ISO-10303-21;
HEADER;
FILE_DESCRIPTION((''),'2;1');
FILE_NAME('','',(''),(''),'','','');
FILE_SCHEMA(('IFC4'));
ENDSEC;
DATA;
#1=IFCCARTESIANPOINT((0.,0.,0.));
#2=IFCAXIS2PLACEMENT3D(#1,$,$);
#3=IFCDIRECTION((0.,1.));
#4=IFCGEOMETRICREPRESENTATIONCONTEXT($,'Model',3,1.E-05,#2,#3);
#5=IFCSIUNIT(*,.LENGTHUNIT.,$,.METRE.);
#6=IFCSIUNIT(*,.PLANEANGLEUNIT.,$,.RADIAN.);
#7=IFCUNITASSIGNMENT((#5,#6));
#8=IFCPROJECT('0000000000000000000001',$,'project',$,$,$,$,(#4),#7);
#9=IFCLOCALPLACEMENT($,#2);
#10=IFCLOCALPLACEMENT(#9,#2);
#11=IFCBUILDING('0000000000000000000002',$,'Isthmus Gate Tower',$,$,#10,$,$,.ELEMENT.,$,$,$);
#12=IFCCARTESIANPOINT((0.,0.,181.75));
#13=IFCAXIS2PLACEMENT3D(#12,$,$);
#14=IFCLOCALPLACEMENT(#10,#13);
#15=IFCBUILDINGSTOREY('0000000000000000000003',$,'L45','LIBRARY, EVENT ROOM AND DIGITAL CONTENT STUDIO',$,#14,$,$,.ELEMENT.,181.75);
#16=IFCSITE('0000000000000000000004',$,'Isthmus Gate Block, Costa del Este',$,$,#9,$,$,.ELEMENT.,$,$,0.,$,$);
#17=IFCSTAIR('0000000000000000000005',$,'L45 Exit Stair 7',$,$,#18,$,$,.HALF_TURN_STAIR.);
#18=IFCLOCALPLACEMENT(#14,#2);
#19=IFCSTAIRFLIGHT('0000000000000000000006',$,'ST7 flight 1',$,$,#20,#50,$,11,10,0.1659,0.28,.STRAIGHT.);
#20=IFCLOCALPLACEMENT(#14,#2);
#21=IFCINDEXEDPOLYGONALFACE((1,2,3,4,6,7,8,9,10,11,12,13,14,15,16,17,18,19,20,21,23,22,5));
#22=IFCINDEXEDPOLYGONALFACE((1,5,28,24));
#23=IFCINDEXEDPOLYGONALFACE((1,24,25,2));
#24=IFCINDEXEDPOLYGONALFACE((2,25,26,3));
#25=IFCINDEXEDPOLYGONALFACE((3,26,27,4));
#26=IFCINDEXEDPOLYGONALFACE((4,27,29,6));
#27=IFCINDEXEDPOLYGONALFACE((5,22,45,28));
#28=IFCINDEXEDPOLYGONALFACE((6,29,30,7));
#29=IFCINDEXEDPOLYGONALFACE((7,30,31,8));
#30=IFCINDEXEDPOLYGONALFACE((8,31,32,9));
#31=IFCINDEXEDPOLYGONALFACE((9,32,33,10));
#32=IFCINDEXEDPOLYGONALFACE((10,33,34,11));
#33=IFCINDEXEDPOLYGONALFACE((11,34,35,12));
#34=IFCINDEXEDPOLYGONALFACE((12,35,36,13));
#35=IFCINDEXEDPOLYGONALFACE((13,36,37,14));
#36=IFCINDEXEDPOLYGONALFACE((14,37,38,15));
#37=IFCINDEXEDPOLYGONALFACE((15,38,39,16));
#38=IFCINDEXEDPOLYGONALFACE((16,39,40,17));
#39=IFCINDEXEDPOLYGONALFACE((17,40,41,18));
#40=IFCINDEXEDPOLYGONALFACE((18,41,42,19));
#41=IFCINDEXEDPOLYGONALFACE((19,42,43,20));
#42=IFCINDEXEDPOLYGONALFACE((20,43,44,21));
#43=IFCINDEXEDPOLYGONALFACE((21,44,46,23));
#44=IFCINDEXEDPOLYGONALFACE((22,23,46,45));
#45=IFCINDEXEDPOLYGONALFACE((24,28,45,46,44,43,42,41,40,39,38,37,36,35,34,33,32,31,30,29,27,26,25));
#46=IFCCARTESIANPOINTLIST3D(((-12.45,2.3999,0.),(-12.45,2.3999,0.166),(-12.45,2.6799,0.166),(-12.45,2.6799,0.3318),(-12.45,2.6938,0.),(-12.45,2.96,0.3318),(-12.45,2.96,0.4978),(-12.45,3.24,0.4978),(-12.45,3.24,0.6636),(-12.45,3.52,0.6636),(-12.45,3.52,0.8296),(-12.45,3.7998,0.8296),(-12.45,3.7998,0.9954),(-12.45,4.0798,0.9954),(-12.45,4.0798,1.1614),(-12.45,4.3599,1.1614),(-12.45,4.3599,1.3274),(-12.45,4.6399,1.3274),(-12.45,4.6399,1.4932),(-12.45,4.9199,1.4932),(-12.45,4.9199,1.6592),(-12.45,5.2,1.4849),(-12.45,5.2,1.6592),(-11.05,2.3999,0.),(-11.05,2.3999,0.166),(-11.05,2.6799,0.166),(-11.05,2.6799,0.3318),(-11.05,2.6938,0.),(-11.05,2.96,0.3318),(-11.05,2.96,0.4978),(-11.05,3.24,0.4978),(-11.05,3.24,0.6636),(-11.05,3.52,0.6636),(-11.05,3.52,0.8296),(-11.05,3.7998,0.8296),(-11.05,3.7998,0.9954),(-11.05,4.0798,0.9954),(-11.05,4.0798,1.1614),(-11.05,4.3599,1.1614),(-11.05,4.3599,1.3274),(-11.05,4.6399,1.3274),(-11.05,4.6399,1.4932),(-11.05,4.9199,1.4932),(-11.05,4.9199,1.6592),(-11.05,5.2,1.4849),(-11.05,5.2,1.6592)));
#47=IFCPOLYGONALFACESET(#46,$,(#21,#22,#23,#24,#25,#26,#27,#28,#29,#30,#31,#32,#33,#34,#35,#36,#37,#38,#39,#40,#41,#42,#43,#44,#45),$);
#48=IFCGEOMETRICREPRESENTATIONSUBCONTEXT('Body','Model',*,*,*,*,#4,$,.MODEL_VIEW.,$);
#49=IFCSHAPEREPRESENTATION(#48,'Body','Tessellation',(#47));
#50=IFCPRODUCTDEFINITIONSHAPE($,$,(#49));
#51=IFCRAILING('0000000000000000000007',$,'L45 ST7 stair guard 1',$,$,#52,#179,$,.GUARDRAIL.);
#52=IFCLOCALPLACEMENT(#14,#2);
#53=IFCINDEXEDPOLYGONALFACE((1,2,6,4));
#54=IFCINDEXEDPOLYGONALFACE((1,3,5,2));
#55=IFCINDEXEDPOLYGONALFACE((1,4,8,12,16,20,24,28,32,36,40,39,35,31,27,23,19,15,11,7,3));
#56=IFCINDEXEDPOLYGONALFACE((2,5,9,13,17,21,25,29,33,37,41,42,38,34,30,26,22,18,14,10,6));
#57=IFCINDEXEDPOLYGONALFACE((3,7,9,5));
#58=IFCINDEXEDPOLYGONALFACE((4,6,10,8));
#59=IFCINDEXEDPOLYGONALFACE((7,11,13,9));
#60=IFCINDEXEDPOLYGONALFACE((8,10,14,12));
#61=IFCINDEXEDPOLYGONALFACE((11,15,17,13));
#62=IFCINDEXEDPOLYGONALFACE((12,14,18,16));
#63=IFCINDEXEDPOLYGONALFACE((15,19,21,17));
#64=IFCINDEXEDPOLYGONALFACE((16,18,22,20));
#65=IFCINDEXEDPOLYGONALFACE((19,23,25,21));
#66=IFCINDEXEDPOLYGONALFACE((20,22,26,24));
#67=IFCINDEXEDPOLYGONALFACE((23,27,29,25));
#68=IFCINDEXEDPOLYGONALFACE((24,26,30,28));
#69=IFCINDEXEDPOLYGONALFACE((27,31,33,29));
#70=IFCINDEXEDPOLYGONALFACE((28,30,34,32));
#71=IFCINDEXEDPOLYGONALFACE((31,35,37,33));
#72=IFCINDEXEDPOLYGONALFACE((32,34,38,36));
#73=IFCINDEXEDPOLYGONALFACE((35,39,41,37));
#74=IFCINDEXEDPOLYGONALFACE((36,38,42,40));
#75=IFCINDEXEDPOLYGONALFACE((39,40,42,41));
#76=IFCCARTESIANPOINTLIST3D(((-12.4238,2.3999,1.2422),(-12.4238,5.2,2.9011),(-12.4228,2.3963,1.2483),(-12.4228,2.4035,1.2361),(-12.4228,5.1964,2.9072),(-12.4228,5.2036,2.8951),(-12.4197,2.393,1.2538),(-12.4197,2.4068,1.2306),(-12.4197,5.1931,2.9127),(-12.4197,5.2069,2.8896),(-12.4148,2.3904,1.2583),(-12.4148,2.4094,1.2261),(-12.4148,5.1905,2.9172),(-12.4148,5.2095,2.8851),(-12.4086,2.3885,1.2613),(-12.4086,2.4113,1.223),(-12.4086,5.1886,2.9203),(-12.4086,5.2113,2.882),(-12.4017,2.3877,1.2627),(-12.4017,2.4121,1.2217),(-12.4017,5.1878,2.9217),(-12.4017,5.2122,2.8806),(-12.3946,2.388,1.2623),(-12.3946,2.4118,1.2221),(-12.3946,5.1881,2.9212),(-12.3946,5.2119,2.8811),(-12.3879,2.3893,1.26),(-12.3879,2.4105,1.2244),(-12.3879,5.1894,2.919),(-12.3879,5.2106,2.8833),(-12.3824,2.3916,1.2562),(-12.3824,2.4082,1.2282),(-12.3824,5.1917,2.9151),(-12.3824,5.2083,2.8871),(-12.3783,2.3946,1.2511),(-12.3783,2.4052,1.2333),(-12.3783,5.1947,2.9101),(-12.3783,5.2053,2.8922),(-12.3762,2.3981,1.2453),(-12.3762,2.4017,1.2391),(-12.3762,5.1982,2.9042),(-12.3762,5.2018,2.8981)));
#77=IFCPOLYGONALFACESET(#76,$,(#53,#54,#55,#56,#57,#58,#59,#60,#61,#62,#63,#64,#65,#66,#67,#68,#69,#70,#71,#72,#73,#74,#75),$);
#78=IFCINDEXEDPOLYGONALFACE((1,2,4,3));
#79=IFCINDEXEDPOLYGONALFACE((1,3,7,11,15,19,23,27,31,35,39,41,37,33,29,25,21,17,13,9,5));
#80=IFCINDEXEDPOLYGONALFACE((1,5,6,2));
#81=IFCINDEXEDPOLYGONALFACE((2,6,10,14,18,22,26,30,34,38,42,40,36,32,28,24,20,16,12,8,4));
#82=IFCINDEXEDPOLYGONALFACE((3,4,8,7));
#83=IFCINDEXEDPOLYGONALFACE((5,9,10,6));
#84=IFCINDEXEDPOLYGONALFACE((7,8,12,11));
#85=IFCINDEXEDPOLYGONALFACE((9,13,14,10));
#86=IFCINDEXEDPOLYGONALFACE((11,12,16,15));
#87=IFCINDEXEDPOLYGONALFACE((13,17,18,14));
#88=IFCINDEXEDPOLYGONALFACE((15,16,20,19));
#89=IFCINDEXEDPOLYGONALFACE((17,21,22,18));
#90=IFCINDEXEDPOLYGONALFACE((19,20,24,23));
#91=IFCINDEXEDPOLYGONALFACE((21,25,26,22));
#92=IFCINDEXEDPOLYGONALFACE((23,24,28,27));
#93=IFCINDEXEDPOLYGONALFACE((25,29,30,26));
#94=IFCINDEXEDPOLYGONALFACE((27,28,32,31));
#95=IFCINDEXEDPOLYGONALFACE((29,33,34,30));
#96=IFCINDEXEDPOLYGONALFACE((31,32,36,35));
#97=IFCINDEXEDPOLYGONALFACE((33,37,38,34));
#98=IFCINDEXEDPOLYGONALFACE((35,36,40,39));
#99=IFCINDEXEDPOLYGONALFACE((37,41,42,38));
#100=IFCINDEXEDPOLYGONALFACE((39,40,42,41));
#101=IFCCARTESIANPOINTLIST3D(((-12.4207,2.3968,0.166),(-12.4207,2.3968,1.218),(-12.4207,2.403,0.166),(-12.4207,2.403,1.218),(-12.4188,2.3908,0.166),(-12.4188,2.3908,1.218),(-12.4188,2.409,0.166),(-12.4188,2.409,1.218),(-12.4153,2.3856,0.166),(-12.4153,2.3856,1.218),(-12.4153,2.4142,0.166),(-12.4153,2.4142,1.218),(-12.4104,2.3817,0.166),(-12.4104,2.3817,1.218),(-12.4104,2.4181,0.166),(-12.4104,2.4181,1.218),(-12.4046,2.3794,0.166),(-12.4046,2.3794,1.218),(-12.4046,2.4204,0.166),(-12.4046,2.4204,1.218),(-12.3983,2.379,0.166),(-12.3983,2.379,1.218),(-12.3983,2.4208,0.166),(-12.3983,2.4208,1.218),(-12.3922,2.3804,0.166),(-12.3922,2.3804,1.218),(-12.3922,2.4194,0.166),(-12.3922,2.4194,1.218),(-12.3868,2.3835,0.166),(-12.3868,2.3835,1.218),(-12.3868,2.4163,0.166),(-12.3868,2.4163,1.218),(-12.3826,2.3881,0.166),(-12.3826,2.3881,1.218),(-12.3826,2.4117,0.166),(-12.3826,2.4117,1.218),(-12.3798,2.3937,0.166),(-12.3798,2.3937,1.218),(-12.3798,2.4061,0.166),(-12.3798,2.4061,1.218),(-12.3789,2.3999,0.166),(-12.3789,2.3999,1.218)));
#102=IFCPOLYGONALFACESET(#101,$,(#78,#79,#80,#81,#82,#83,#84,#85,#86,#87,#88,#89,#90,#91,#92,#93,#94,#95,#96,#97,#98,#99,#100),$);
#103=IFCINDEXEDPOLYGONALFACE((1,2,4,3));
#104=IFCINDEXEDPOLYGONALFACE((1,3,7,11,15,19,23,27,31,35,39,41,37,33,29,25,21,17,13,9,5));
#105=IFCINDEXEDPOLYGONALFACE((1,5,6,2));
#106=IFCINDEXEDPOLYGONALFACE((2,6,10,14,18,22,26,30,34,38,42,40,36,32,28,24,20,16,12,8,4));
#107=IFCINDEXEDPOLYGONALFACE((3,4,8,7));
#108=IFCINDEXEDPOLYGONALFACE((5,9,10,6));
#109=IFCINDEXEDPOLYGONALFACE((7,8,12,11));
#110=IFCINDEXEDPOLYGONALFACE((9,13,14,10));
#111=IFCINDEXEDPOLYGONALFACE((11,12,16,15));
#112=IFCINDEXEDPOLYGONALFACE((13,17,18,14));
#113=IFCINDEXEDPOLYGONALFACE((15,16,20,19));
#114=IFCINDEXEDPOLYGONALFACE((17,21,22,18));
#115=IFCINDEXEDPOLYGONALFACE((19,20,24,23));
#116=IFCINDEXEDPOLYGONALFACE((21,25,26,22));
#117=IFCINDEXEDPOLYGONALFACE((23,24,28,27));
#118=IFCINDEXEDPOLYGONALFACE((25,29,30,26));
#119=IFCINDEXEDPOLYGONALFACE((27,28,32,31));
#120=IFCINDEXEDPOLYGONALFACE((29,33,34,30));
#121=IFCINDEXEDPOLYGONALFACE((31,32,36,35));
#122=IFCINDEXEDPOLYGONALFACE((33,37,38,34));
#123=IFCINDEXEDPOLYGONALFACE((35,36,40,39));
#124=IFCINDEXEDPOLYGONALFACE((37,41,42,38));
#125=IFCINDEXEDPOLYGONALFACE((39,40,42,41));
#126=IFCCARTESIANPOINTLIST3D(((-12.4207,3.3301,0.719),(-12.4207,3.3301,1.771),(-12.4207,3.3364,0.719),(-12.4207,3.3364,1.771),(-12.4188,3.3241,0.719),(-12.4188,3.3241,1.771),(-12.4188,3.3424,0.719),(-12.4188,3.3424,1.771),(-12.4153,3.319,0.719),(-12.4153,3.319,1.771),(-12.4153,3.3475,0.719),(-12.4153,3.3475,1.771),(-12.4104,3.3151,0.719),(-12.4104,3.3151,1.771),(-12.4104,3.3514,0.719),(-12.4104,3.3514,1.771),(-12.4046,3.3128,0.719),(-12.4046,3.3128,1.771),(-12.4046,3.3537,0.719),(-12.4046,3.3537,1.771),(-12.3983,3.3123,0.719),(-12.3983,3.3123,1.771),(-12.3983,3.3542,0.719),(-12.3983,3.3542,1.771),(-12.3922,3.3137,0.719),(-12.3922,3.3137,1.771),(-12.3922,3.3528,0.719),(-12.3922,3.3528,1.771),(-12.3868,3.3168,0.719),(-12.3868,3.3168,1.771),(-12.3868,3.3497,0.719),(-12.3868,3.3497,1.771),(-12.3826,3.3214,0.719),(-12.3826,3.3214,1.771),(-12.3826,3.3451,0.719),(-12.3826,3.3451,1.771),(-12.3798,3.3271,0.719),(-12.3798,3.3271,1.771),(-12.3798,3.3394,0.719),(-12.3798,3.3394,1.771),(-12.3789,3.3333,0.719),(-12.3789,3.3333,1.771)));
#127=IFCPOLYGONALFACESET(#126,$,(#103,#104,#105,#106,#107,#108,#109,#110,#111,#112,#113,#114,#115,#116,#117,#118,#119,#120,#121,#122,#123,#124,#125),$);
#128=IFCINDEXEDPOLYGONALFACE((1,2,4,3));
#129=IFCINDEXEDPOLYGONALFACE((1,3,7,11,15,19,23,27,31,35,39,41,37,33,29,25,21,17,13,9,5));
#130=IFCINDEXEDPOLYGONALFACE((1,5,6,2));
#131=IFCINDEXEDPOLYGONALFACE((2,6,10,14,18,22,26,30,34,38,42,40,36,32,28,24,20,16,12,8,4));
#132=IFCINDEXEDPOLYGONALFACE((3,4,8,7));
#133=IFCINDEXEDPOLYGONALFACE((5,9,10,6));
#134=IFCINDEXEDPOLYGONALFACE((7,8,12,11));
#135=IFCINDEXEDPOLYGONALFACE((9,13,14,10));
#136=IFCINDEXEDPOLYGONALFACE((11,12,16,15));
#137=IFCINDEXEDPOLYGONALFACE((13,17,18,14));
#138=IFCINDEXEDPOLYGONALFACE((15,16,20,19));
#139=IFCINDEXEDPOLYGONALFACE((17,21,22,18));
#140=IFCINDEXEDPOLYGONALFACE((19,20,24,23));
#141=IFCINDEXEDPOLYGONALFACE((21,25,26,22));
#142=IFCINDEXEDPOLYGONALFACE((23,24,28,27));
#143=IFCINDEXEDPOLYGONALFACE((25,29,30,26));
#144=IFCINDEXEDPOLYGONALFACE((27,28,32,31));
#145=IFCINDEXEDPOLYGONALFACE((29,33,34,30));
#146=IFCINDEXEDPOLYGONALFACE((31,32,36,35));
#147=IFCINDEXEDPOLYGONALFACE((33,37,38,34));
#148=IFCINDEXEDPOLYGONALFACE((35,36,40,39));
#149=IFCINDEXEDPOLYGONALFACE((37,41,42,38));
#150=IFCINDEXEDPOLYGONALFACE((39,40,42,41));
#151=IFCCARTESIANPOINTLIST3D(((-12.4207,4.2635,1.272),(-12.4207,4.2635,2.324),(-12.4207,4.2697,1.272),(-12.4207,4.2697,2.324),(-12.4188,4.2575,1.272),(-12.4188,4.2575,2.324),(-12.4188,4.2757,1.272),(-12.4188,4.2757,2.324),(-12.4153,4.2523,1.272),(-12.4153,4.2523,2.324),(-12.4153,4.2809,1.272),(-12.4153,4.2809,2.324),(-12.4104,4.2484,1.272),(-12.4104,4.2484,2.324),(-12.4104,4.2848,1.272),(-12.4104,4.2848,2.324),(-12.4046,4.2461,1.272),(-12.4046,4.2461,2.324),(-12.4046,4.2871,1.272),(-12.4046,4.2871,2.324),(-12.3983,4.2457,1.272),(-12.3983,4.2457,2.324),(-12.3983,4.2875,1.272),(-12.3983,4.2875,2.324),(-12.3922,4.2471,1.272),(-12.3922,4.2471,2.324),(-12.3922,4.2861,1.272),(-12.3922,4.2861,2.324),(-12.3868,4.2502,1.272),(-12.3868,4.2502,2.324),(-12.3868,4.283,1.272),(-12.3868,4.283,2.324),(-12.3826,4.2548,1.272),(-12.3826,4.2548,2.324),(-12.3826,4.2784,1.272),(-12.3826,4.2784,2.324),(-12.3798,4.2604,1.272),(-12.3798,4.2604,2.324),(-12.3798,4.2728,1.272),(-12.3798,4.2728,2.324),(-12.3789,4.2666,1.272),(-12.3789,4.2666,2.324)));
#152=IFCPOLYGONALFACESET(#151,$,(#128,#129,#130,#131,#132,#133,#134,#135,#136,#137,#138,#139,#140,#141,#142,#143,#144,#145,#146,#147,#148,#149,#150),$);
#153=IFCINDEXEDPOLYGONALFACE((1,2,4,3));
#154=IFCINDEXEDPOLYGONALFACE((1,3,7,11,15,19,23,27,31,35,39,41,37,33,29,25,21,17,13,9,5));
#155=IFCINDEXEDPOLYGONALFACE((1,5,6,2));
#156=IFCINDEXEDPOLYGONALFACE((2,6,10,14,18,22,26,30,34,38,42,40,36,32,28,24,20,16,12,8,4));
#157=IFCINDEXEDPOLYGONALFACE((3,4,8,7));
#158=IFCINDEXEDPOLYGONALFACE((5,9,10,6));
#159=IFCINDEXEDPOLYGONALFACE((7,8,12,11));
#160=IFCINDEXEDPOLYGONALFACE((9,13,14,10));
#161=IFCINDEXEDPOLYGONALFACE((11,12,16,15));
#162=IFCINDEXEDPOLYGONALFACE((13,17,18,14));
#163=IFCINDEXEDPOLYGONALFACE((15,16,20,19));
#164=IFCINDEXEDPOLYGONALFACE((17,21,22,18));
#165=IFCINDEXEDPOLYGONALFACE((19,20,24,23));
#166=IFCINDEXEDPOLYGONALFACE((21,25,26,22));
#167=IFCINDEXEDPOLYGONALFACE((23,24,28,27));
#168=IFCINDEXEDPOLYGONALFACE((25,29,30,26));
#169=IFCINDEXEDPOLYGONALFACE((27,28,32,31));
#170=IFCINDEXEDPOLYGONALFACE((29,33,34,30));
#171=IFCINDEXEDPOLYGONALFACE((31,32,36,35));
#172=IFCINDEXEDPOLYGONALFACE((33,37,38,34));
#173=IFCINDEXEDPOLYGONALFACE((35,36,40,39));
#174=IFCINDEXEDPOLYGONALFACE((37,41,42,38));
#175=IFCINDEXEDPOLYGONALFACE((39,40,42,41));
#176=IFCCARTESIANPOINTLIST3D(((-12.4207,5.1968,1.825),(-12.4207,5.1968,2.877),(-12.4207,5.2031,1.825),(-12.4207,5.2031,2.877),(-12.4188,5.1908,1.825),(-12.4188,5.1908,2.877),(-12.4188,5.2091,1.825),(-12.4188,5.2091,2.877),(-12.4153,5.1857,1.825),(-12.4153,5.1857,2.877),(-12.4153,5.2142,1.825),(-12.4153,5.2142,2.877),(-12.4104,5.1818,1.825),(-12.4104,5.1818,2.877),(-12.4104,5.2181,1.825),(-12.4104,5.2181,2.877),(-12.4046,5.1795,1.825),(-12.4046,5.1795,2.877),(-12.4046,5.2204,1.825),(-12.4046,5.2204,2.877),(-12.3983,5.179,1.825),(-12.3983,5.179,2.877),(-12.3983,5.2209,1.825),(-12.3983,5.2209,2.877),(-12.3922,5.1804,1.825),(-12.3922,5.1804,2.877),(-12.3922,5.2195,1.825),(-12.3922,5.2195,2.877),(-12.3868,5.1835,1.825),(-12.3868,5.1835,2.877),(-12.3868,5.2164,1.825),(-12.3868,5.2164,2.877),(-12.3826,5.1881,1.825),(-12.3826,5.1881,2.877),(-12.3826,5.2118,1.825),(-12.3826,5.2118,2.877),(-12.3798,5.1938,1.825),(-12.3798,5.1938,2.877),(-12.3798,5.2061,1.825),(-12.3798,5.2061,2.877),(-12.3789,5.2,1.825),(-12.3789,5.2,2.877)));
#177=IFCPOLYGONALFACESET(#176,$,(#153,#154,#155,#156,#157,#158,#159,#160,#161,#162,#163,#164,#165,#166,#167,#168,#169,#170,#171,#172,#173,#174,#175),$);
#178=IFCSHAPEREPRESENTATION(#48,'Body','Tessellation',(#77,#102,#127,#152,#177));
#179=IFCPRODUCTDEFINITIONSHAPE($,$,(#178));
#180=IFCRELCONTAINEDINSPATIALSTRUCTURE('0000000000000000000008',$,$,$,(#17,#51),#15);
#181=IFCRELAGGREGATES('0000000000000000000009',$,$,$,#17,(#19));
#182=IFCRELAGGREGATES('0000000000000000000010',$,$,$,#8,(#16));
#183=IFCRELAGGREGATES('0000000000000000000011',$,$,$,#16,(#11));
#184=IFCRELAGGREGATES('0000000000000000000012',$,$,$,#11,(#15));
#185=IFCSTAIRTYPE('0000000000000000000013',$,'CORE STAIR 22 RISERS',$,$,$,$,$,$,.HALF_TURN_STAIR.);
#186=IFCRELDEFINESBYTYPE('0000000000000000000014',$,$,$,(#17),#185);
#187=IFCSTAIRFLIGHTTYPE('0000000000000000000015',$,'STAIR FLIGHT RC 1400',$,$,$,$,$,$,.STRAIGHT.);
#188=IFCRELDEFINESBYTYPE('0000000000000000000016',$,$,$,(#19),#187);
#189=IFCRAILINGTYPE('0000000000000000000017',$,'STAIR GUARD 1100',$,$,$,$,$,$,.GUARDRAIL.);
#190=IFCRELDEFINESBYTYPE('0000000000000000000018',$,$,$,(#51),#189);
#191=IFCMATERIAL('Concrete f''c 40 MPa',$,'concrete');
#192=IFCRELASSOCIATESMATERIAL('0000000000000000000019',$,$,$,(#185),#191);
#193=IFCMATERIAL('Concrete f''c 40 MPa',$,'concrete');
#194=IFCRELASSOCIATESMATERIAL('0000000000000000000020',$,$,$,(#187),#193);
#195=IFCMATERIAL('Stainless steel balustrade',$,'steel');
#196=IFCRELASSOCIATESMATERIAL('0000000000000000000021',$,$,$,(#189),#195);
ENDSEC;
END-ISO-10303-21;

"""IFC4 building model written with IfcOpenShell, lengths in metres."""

from ifc_helpers import new_model, si_unit, direction, frame, origin, origin_2d, place, context, subcontext, project, spatial, polyline, circle, outline, extrude, material, type_object, element, aggregate, save


model = new_model("IFC4")

# Units and contexts
model_context = context("Model", 3, precision=1e-05, world=origin(), true_north=direction((0.0, 1.0)))
body_context = subcontext(model_context, "Body", "Model", "MODEL_VIEW")
ifc_project = project(units=[si_unit("LENGTHUNIT", "METRE"), si_unit("PLANEANGLEUNIT", "RADIAN")], contexts=[model_context])

# Site, building, storey
site_placement = place(None, origin())
site = spatial("IfcSite", under=ifc_project, at=site_placement, Name="Isthmus Gate Block, Costa del Este", CompositionType="ELEMENT", RefElevation=0.0)
building_placement = place(site_placement, origin())
building = spatial("IfcBuilding", under=site, at=building_placement, Name="Isthmus Gate Tower", CompositionType="ELEMENT")
storey_placement = place(building_placement, frame((0.0, 0.0, 181.75)))
storey = spatial("IfcBuildingStorey", under=building, at=storey_placement, Name="L45", Description="LIBRARY, EVENT ROOM AND DIGITAL CONTENT STUDIO", CompositionType="ELEMENT", Elevation=181.75)

# Stair, stair flight
ifc_material_1 = material(Name="Concrete f'c 40 MPa", Category="concrete")
stair_type = type_object("IfcStairType", Name="CORE STAIR 22 RISERS", PredefinedType="HALF_TURN_STAIR", material=ifc_material_1)
stair_placement = place(storey_placement, origin())
stair = element("IfcStair", 1, at=stair_placement, inside=storey, type_object=stair_type, Name="L45 Exit Stair 7", PredefinedType="HALF_TURN_STAIR")
ifc_material_2 = material(Name="Concrete f'c 40 MPa", Category="concrete")
stair_flight_type = type_object("IfcStairFlightType", Name="STAIR FLIGHT RC 1400", PredefinedType="STRAIGHT", material=ifc_material_2)
stair_flight_placement = place(storey_placement, frame((-11.75, 2.3999, 0.0), z_axis=(0.0, 0.0, 1.0), x_axis=(0.0, 1.0, 0.0)))
stair_flight = element("IfcStairFlight", 2, at=stair_flight_placement, type_object=stair_flight_type, Name="ST7 flight 1", NumberOfRisers=11, NumberOfTreads=10, PredefinedType="STRAIGHT", RiserHeight=0.1659, TreadLength=0.28, context=body_context, shape_type="SweptSolid", body=[
    extrude(outline(polyline([(0.0, 0.0), (0.0, 0.166), (0.28, 0.166), (0.28, 0.3318), (0.5601, 0.3318), (0.5601, 0.4978), (0.8401, 0.4978), (0.8401, 0.6636), (1.1201, 0.6636), (1.1201, 0.8296), (1.3999, 0.8296), (1.3999, 0.9954), (1.6799, 0.9954), (1.6799, 1.1614), (1.96, 1.1614), (1.96, 1.3274), (2.24, 1.3274), (2.24, 1.4932), (2.52, 1.4932), (2.52, 1.6592), (2.8, 1.6592), (2.8, 1.825), (2.8, 1.4849), (0.2939, 0.0), (0.0, 0.0)])), frame((0.0, 0.7, 0.0), z_axis=(0.0, -1.0, 0.0), x_axis=(1.0, 0.0, 0.0)), (0.0, 0.0, 1.0), 1.3999),
])
aggregate(stair, [stair_flight])

# Railing
ifc_material_3 = material(Name="Stainless steel balustrade", Category="steel")
railing_type_1 = type_object("IfcRailingType", Name="STAIR GUARD 1100", PredefinedType="GUARDRAIL", material=ifc_material_3)
railing_1_placement = place(storey_placement, frame((-12.3999, 2.3999, 0.166)))
element("IfcRailing", 3, at=railing_1_placement, inside=storey, type_object=railing_type_1, Name="L45 ST7 stair guard 1", PredefinedType="GUARDRAIL", context=body_context, shape_type="SweptSolid", body=[
    extrude(circle(Radius=0.0239, at=origin_2d()), frame((0.0, 0.0, 1.0762), z_axis=(0.0, 0.860339, 0.509722), x_axis=(-1.0, 0.0, 0.0)), (0.0, 0.0, 1.0), 3.2546),
    extrude(circle(Radius=0.021, at=origin_2d()), origin(), (0.0, 0.0, 1.0), 1.052),
    extrude(circle(Radius=0.021, at=origin_2d()), frame((0.0, 0.9333, 0.553)), (0.0, 0.0, 1.0), 1.052),
    extrude(circle(Radius=0.021, at=origin_2d()), frame((0.0, 1.8667, 1.106)), (0.0, 0.0, 1.0), 1.052),
    extrude(circle(Radius=0.021, at=origin_2d()), frame((0.0, 2.8, 1.6589)), (0.0, 0.0, 1.0), 1.052),
])

save(model, "model.ifc")
